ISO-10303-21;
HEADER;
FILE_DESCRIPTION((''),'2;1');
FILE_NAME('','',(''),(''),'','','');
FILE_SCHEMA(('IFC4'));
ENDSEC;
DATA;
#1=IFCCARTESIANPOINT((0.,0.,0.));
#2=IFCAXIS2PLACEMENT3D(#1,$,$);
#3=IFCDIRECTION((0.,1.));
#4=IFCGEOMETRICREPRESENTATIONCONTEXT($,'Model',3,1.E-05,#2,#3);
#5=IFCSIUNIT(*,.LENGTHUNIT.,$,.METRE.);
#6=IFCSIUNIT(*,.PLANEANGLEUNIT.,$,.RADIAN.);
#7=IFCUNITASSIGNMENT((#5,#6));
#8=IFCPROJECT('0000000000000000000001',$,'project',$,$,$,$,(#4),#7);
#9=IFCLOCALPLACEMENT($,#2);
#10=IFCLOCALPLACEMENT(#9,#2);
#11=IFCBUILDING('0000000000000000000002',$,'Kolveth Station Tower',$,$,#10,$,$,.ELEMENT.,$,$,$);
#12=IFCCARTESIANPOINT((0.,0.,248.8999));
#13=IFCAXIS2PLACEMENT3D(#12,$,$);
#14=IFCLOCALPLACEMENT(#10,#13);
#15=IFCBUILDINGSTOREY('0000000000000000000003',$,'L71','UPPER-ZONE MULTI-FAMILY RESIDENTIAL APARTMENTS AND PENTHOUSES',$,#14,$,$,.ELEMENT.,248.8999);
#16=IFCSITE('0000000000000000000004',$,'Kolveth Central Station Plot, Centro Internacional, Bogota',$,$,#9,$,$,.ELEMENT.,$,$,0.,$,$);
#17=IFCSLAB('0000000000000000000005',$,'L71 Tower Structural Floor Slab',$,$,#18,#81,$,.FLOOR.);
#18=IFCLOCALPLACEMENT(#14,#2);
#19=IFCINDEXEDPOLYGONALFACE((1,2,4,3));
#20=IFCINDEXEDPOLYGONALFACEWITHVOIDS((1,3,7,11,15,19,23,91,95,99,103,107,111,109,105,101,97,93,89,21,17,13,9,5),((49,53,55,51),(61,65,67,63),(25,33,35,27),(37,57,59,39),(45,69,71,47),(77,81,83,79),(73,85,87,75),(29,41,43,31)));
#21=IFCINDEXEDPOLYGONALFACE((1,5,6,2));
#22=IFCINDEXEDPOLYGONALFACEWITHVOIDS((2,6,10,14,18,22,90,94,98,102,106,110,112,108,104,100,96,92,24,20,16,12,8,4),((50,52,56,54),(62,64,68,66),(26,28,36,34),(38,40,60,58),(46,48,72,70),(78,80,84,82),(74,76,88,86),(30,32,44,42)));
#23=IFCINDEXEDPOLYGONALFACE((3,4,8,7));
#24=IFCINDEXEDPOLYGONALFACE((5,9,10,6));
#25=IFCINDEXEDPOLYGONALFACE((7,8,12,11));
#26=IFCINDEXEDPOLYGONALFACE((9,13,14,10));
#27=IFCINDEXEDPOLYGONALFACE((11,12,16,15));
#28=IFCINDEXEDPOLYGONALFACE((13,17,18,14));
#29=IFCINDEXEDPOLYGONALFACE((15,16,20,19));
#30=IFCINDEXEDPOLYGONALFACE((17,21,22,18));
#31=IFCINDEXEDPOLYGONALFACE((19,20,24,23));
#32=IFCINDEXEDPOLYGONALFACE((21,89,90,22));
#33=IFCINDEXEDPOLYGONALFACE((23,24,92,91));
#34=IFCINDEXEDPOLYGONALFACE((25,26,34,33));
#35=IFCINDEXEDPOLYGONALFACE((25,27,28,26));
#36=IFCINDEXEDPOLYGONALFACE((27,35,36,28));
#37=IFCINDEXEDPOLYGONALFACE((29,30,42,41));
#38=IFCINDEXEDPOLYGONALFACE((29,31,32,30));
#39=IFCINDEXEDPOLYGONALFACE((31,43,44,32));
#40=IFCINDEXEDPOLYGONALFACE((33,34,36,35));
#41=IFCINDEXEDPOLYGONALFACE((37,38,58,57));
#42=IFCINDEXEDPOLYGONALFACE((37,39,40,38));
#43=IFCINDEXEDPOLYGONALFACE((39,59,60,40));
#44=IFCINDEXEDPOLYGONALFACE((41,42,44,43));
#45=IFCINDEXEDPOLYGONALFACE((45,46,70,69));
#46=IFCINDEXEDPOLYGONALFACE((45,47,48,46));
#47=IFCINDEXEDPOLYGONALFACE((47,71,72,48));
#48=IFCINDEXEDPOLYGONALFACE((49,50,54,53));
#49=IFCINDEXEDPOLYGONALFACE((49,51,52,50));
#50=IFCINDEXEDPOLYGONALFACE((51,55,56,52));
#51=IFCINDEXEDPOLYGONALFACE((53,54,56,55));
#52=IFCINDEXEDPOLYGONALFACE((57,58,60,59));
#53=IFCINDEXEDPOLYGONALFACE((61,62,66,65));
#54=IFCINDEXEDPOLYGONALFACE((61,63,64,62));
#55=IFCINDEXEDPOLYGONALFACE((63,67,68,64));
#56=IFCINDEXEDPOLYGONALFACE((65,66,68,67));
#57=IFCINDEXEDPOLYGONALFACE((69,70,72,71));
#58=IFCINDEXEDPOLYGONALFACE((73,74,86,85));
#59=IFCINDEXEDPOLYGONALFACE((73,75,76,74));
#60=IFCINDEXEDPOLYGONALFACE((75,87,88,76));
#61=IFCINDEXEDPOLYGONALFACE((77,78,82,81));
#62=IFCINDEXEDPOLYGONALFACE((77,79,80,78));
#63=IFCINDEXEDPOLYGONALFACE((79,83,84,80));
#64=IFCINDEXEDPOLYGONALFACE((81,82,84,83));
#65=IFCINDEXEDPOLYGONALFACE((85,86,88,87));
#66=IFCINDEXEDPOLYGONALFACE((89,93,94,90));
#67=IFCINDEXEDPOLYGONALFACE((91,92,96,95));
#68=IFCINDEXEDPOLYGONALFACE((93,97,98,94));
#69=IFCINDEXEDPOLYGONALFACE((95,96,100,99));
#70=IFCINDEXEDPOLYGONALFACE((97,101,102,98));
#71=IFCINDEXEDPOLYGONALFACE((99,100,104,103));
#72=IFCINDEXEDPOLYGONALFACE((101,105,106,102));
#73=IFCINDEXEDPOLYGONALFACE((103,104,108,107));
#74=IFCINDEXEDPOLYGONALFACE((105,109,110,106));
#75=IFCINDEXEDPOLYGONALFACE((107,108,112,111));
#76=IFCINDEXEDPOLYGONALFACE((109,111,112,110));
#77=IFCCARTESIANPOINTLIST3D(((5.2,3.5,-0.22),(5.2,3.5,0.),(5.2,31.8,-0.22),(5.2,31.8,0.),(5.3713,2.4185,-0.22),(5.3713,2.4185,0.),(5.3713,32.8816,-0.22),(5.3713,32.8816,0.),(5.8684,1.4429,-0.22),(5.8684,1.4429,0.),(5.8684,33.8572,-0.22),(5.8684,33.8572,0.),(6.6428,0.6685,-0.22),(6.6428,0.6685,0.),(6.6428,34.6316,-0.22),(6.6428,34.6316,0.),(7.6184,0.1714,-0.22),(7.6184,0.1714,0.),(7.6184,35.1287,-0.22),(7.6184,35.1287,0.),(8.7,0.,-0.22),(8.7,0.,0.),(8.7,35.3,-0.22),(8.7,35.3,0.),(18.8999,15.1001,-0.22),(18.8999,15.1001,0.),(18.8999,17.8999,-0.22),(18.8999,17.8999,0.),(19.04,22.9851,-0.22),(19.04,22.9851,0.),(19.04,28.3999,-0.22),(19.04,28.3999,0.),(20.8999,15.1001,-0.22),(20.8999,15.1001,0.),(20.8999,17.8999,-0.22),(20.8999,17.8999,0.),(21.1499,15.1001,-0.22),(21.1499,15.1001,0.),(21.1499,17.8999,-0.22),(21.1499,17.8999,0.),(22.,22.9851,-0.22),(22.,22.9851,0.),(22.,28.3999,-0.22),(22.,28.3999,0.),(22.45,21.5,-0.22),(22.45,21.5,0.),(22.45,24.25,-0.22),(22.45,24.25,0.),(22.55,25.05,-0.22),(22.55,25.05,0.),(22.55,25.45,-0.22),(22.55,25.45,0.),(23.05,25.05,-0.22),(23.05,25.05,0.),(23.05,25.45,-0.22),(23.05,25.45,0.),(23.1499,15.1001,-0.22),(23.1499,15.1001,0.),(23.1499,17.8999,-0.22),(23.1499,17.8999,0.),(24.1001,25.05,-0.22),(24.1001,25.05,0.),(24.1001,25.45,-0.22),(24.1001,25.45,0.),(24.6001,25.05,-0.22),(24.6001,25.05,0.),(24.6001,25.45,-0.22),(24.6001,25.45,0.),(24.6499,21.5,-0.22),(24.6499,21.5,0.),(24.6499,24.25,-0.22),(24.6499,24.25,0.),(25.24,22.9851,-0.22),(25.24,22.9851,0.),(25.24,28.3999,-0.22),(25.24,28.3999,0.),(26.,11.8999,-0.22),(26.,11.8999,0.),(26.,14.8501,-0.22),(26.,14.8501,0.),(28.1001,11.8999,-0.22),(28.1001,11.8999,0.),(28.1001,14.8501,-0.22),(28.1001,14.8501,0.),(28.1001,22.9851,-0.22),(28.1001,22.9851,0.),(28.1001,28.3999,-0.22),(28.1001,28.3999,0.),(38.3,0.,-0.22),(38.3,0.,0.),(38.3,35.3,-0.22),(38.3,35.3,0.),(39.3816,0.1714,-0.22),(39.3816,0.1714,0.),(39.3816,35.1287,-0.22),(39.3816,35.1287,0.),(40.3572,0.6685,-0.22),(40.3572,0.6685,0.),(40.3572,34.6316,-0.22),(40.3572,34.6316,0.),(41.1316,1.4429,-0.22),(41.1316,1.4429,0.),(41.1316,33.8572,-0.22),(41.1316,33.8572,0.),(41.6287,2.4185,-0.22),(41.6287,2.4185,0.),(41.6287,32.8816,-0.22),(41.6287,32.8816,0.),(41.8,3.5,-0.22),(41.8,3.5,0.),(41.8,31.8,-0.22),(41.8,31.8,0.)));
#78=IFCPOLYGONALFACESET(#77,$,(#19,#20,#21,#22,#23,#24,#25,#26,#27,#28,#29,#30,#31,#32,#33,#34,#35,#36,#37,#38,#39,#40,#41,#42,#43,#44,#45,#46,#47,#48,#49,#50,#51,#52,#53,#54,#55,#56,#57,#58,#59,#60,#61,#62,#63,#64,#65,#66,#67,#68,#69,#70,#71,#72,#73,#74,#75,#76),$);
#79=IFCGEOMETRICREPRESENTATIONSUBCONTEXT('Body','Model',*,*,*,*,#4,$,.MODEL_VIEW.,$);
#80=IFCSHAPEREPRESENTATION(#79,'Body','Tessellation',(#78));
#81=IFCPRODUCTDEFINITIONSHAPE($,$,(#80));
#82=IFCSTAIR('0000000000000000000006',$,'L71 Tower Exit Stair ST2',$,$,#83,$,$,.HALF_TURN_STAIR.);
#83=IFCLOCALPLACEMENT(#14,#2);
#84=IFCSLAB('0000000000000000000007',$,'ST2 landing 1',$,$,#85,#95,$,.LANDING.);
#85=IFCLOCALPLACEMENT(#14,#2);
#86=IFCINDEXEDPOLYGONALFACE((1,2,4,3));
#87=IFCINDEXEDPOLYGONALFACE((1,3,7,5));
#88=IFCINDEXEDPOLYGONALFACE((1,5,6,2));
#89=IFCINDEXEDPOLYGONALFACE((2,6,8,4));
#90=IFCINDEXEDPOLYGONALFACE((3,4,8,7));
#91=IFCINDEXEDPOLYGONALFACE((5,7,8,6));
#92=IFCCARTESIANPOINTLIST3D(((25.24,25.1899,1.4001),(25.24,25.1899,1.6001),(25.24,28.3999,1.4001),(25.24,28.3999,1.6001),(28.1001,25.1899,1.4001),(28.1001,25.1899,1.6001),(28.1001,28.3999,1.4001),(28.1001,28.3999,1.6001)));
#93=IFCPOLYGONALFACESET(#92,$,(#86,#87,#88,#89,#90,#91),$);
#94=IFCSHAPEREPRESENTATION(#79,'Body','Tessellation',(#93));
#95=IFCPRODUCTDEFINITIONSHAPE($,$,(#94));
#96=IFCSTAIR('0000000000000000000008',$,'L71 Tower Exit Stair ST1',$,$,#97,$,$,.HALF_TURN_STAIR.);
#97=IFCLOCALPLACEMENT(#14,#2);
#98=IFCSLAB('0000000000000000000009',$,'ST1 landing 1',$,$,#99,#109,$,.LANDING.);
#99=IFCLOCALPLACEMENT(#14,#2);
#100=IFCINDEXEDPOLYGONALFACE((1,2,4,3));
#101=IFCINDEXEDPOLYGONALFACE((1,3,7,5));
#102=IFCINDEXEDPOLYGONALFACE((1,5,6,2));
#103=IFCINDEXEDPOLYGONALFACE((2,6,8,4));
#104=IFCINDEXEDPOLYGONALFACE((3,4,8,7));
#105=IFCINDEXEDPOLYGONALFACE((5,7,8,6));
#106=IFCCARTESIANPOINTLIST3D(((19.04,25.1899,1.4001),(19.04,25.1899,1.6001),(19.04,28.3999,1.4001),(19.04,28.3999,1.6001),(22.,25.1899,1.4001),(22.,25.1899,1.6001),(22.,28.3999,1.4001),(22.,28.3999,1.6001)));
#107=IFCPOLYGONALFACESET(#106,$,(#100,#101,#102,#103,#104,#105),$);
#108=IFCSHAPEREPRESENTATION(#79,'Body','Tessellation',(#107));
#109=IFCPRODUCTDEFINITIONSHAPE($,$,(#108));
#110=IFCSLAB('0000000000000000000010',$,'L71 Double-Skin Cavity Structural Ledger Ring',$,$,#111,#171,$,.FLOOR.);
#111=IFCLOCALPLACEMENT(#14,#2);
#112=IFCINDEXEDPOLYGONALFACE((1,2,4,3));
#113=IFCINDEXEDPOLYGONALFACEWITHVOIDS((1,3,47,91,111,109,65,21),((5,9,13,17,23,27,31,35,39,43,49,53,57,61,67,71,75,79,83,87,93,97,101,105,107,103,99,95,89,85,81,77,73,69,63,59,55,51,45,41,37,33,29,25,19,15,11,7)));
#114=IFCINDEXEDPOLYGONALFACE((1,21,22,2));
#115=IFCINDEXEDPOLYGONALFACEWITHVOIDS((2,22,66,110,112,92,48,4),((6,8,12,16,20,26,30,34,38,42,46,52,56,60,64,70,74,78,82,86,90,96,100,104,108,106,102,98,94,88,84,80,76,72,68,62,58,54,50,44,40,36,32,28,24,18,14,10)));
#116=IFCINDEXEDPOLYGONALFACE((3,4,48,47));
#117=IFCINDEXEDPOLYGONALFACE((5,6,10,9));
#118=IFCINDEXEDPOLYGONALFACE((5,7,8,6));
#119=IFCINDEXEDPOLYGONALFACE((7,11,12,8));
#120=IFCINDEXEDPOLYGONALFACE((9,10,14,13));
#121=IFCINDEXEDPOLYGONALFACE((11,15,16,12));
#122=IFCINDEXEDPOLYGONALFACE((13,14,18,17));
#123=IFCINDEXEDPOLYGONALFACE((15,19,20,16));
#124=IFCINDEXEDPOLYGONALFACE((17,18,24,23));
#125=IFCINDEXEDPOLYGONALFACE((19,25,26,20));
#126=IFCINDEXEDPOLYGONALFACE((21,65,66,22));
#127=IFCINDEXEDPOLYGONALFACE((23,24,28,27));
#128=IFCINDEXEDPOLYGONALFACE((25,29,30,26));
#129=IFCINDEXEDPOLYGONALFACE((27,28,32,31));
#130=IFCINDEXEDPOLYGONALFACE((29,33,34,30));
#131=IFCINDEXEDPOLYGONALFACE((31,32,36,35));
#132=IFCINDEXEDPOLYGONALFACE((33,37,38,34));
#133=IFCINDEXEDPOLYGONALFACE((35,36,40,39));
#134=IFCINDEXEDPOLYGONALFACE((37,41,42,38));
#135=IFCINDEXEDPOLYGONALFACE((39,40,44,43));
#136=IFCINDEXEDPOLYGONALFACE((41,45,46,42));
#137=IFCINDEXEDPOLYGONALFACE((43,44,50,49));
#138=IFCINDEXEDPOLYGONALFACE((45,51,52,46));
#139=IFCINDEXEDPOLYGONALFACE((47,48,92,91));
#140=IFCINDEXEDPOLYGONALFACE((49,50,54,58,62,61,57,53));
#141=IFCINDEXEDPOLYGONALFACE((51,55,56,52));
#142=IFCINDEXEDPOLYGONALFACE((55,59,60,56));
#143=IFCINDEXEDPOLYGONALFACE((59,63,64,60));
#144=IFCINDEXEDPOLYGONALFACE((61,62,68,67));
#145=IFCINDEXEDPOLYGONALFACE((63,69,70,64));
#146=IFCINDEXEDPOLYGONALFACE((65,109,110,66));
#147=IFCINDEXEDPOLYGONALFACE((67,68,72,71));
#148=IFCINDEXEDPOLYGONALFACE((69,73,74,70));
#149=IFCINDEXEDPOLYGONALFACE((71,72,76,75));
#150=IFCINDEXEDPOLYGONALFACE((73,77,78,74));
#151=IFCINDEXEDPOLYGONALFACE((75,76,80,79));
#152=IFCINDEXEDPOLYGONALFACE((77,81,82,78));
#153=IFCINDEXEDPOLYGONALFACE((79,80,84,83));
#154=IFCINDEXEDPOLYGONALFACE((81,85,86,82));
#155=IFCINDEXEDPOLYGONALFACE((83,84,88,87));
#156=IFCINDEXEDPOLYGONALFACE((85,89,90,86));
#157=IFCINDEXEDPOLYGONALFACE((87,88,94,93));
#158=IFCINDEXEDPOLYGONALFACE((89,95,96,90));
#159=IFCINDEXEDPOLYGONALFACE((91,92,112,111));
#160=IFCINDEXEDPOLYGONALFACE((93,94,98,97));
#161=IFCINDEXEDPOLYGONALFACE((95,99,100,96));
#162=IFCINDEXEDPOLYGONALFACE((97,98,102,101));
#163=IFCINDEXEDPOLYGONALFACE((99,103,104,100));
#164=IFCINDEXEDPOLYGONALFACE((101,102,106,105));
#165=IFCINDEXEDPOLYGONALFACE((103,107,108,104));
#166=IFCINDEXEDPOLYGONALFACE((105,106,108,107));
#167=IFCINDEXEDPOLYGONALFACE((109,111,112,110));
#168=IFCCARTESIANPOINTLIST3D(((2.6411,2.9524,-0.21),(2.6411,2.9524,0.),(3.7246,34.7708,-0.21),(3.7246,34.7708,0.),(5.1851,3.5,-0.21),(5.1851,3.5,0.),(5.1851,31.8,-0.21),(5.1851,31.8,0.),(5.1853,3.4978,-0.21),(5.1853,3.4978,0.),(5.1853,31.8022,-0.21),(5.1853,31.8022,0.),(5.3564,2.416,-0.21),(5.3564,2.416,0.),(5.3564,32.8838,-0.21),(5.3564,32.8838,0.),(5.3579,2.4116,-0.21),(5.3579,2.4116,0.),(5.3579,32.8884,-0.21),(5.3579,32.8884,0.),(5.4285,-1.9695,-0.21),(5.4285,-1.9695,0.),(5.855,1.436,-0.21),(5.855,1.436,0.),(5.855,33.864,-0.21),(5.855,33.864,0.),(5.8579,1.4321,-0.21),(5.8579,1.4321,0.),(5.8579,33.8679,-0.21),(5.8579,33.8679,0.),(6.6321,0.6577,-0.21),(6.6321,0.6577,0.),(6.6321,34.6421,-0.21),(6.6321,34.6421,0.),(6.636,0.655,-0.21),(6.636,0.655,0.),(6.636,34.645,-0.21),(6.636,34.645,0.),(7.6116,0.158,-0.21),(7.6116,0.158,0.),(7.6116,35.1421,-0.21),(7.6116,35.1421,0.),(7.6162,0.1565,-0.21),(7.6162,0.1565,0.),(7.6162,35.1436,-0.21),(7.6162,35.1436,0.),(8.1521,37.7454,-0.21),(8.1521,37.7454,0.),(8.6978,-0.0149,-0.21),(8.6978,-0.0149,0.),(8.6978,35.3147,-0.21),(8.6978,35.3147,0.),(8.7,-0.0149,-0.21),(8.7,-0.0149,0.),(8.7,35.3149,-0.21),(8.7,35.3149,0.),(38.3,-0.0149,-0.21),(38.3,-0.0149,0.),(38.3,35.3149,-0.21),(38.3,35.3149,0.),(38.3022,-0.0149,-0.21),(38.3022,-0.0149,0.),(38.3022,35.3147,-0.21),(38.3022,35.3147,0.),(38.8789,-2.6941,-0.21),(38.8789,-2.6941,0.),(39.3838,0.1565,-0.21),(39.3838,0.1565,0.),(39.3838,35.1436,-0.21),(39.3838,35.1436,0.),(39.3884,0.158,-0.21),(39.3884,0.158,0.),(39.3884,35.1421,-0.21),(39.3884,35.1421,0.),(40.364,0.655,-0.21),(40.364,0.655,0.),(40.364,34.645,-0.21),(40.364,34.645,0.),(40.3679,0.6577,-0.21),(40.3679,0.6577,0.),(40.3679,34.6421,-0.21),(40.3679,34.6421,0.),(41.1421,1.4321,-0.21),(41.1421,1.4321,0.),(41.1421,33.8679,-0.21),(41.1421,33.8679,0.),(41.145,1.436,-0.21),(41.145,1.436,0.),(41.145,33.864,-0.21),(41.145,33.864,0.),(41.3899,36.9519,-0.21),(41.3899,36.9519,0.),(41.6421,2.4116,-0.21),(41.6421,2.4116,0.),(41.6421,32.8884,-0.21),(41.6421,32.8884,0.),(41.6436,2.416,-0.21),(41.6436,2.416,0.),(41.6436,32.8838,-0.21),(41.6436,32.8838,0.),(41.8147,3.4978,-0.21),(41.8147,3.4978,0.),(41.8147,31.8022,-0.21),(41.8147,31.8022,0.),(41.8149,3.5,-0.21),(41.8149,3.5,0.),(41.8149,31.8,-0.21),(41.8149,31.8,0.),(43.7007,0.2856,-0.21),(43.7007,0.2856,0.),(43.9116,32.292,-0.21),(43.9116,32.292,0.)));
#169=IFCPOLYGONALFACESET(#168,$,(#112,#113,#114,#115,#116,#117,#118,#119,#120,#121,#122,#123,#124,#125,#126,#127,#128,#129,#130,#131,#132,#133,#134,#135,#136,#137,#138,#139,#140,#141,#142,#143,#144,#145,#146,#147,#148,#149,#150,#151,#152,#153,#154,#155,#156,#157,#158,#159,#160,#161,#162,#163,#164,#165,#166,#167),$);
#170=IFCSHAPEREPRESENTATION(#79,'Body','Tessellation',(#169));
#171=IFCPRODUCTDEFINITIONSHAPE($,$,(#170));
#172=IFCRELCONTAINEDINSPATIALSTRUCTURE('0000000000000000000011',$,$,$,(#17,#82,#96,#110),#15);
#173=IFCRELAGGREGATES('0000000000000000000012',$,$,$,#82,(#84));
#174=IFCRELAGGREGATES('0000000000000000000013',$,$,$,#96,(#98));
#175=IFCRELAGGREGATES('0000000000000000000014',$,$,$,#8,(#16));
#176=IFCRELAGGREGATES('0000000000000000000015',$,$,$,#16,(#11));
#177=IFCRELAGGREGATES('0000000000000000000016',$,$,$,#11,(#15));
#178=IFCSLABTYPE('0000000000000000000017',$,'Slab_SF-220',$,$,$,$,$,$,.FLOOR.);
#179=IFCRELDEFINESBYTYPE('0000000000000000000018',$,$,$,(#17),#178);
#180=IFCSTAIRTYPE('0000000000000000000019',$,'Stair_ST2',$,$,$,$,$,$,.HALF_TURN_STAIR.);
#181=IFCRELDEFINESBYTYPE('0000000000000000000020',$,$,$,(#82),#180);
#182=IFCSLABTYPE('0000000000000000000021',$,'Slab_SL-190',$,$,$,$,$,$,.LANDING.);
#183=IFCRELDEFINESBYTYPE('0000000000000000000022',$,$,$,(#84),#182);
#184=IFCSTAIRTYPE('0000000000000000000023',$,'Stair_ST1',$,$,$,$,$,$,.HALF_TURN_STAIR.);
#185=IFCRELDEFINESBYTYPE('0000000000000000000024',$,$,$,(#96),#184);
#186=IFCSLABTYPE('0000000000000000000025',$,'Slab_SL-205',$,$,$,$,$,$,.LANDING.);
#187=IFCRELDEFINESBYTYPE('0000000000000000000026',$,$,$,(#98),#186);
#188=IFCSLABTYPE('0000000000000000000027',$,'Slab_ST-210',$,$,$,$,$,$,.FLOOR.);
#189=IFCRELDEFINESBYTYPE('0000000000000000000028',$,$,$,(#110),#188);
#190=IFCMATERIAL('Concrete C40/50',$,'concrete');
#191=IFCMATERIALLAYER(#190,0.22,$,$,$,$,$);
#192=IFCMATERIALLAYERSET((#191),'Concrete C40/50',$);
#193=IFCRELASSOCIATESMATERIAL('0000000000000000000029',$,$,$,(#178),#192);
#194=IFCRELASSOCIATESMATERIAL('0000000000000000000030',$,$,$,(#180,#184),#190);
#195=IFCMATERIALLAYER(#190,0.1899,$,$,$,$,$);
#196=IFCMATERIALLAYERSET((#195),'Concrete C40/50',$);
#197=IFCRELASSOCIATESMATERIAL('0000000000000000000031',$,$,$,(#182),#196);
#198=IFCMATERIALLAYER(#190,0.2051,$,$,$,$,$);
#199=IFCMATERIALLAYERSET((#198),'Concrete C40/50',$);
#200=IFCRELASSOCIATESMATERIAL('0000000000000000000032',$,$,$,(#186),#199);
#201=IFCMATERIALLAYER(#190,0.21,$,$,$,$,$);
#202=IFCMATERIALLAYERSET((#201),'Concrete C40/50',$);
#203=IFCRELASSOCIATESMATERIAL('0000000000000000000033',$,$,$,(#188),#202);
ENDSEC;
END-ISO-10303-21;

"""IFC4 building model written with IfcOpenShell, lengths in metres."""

from ifc_helpers import new_model, si_unit, direction, frame, origin, place, context, subcontext, project, spatial, polyline, outline, extrude, material, layer, layer_set, type_object, element, aggregate, save


model = new_model("IFC4")

# Units and contexts
model_context = context("Model", 3, precision=1e-05, world=origin(), true_north=direction((0.0, 1.0)))
body_context = subcontext(model_context, "Body", "Model", "MODEL_VIEW")
ifc_project = project(units=[si_unit("LENGTHUNIT", "METRE"), si_unit("PLANEANGLEUNIT", "RADIAN")], contexts=[model_context])

# Site, building, storey
site_placement = place(None, origin())
site = spatial("IfcSite", under=ifc_project, at=site_placement, Name="Kolveth Central Station Plot, Centro Internacional, Bogota", CompositionType="ELEMENT", RefElevation=0.0)
building_placement = place(site_placement, origin())
building = spatial("IfcBuilding", under=site, at=building_placement, Name="Kolveth Station Tower", CompositionType="ELEMENT")
storey_placement = place(building_placement, frame((0.0, 0.0, 248.8999)))
storey = spatial("IfcBuildingStorey", under=building, at=storey_placement, Name="L71", Description="UPPER-ZONE MULTI-FAMILY RESIDENTIAL APARTMENTS AND PENTHOUSES", CompositionType="ELEMENT", Elevation=248.8999)

# Slab
ifc_material_1 = material(Name="Concrete C40/50", Category="concrete")
ifc_layer_1 = layer(ifc_material_1, 0.22)
ifc_layer_set_1 = layer_set([ifc_layer_1], Name="Concrete C40/50")
slab_type_1 = type_object("IfcSlabType", Name="Slab_SF-220", PredefinedType="FLOOR", material=ifc_layer_set_1)
slab_1_placement = place(storey_placement, frame((0.0, 0.0, -0.22)))
element("IfcSlab", 1, at=slab_1_placement, inside=storey, type_object=slab_type_1, Name="L71 Tower Structural Floor Slab", PredefinedType="FLOOR", context=body_context, shape_type="SweptSolid", body=[
    extrude(outline(polyline([(38.3, 0.0), (39.3816, 0.1714), (40.3572, 0.6685), (41.1316, 1.4429), (41.6287, 2.4185), (41.8, 3.5), (41.8, 31.8), (41.6287, 32.8816), (41.1316, 33.8572), (40.3572, 34.6316), (39.3816, 35.1287), (38.3, 35.3), (8.7, 35.3), (7.6184, 35.1287), (6.6428, 34.6316), (5.8684, 33.8572), (5.3713, 32.8816), (5.2, 31.8), (5.2, 3.5), (5.3713, 2.4185), (5.8684, 1.4429), (6.6428, 0.6685), (7.6184, 0.1714), (8.7, 0.0), (38.3, 0.0)]), holes=[polyline([(19.04, 22.9851), (22.0, 22.9851), (22.0, 28.3999), (19.04, 28.3999), (19.04, 22.9851)]), polyline([(25.24, 22.9851), (28.1001, 22.9851), (28.1001, 28.3999), (25.24, 28.3999), (25.24, 22.9851)]), polyline([(18.8999, 15.1001), (20.8999, 15.1001), (20.8999, 17.8999), (18.8999, 17.8999), (18.8999, 15.1001)]), polyline([(21.1499, 15.1001), (23.1499, 15.1001), (23.1499, 17.8999), (21.1499, 17.8999), (21.1499, 15.1001)]), polyline([(22.45, 21.5), (24.6499, 21.5), (24.6499, 24.25), (22.45, 24.25), (22.45, 21.5)]), polyline([(26.0, 11.8999), (28.1001, 11.8999), (28.1001, 14.8501), (26.0, 14.8501), (26.0, 11.8999)]), polyline([(22.55, 25.05), (23.05, 25.05), (23.05, 25.45), (22.55, 25.45), (22.55, 25.05)]), polyline([(24.1001, 25.05), (24.6001, 25.05), (24.6001, 25.45), (24.1001, 25.45), (24.1001, 25.05)])]), origin(), (0.0, 0.0, 1.0), 0.22),
])

# Stairs, slabs
stair_type_1 = type_object("IfcStairType", Name="Stair_ST2", PredefinedType="HALF_TURN_STAIR", material=ifc_material_1)
stair_1_placement = place(storey_placement, origin())
stair_1 = element("IfcStair", 2, at=stair_1_placement, inside=storey, type_object=stair_type_1, Name="L71 Tower Exit Stair ST2", PredefinedType="HALF_TURN_STAIR")
ifc_layer_2 = layer(ifc_material_1, 0.1899)
ifc_layer_set_2 = layer_set([ifc_layer_2], Name="Concrete C40/50")
slab_type_2 = type_object("IfcSlabType", Name="Slab_SL-190", PredefinedType="LANDING", material=ifc_layer_set_2)
slab_2_placement = place(storey_placement, frame((0.0, 0.0, 1.4001)))
slab_2 = element("IfcSlab", 3, at=slab_2_placement, type_object=slab_type_2, Name="ST2 landing 1", PredefinedType="LANDING", context=body_context, shape_type="SweptSolid", body=[
    extrude(outline(polyline([(28.1001, 25.1899), (28.1001, 28.3999), (25.24, 28.3999), (25.24, 25.1899), (28.1001, 25.1899)])), origin(), (0.0, 0.0, 1.0), 0.2),
])
aggregate(stair_1, [slab_2])
stair_type_2 = type_object("IfcStairType", Name="Stair_ST1", PredefinedType="HALF_TURN_STAIR", material=ifc_material_1)
stair_2_placement = place(storey_placement, origin())
stair_2 = element("IfcStair", 4, at=stair_2_placement, inside=storey, type_object=stair_type_2, Name="L71 Tower Exit Stair ST1", PredefinedType="HALF_TURN_STAIR")
ifc_layer_3 = layer(ifc_material_1, 0.2051)
ifc_layer_set_3 = layer_set([ifc_layer_3], Name="Concrete C40/50")
slab_type_3 = type_object("IfcSlabType", Name="Slab_SL-205", PredefinedType="LANDING", material=ifc_layer_set_3)
slab_3_placement = place(storey_placement, frame((0.0, 0.0, 1.4001)))
slab_3 = element("IfcSlab", 5, at=slab_3_placement, type_object=slab_type_3, Name="ST1 landing 1", PredefinedType="LANDING", context=body_context, shape_type="SweptSolid", body=[
    extrude(outline(polyline([(22.0, 25.1899), (22.0, 28.3999), (19.04, 28.3999), (19.04, 25.1899), (22.0, 25.1899)])), origin(), (0.0, 0.0, 1.0), 0.2),
])
aggregate(stair_2, [slab_3])

# Slab
ifc_layer_4 = layer(ifc_material_1, 0.21)
ifc_layer_set_4 = layer_set([ifc_layer_4], Name="Concrete C40/50")
slab_type_4 = type_object("IfcSlabType", Name="Slab_ST-210", PredefinedType="FLOOR", material=ifc_layer_set_4)
slab_4_placement = place(storey_placement, frame((0.0, 0.0, -0.21)))
element("IfcSlab", 6, at=slab_4_placement, inside=storey, type_object=slab_type_4, Name="L71 Double-Skin Cavity Structural Ledger Ring", PredefinedType="FLOOR", context=body_context, shape_type="SweptSolid", body=[
    extrude(outline(polyline([(5.4285, -1.9695), (2.6411, 2.9524), (3.7246, 34.7708), (8.1521, 37.7454), (41.3899, 36.9519), (43.9116, 32.292), (43.7007, 0.2856), (38.8789, -2.6941), (5.4285, -1.9695)]), holes=[polyline([(38.3022, -0.0149), (39.3838, 0.1565), (39.3884, 0.158), (40.364, 0.655), (40.3679, 0.6577), (41.1421, 1.4321), (41.145, 1.436), (41.6421, 2.4116), (41.6436, 2.416), (41.8147, 3.4978), (41.8149, 3.5), (41.8149, 31.8), (41.8147, 31.8022), (41.6436, 32.8838), (41.6421, 32.8884), (41.145, 33.864), (41.1421, 33.8679), (40.3679, 34.6421), (40.364, 34.645), (39.3884, 35.1421), (39.3838, 35.1436), (38.3022, 35.3147), (38.3, 35.3149), (8.7, 35.3149), (8.6978, 35.3147), (7.6162, 35.1436), (7.6116, 35.1421), (6.636, 34.645), (6.6321, 34.6421), (5.8579, 33.8679), (5.855, 33.864), (5.3579, 32.8884), (5.3564, 32.8838), (5.1853, 31.8022), (5.1851, 31.8), (5.1851, 3.5), (5.1853, 3.4978), (5.3564, 2.416), (5.3579, 2.4116), (5.855, 1.436), (5.8579, 1.4321), (6.6321, 0.6577), (6.636, 0.655), (7.6116, 0.158), (7.6162, 0.1565), (8.6978, -0.0149), (8.7, -0.0149), (38.3, -0.0149), (38.3022, -0.0149)])]), origin(), (0.0, 0.0, 1.0), 0.21),
])

save(model, "model.ifc")
